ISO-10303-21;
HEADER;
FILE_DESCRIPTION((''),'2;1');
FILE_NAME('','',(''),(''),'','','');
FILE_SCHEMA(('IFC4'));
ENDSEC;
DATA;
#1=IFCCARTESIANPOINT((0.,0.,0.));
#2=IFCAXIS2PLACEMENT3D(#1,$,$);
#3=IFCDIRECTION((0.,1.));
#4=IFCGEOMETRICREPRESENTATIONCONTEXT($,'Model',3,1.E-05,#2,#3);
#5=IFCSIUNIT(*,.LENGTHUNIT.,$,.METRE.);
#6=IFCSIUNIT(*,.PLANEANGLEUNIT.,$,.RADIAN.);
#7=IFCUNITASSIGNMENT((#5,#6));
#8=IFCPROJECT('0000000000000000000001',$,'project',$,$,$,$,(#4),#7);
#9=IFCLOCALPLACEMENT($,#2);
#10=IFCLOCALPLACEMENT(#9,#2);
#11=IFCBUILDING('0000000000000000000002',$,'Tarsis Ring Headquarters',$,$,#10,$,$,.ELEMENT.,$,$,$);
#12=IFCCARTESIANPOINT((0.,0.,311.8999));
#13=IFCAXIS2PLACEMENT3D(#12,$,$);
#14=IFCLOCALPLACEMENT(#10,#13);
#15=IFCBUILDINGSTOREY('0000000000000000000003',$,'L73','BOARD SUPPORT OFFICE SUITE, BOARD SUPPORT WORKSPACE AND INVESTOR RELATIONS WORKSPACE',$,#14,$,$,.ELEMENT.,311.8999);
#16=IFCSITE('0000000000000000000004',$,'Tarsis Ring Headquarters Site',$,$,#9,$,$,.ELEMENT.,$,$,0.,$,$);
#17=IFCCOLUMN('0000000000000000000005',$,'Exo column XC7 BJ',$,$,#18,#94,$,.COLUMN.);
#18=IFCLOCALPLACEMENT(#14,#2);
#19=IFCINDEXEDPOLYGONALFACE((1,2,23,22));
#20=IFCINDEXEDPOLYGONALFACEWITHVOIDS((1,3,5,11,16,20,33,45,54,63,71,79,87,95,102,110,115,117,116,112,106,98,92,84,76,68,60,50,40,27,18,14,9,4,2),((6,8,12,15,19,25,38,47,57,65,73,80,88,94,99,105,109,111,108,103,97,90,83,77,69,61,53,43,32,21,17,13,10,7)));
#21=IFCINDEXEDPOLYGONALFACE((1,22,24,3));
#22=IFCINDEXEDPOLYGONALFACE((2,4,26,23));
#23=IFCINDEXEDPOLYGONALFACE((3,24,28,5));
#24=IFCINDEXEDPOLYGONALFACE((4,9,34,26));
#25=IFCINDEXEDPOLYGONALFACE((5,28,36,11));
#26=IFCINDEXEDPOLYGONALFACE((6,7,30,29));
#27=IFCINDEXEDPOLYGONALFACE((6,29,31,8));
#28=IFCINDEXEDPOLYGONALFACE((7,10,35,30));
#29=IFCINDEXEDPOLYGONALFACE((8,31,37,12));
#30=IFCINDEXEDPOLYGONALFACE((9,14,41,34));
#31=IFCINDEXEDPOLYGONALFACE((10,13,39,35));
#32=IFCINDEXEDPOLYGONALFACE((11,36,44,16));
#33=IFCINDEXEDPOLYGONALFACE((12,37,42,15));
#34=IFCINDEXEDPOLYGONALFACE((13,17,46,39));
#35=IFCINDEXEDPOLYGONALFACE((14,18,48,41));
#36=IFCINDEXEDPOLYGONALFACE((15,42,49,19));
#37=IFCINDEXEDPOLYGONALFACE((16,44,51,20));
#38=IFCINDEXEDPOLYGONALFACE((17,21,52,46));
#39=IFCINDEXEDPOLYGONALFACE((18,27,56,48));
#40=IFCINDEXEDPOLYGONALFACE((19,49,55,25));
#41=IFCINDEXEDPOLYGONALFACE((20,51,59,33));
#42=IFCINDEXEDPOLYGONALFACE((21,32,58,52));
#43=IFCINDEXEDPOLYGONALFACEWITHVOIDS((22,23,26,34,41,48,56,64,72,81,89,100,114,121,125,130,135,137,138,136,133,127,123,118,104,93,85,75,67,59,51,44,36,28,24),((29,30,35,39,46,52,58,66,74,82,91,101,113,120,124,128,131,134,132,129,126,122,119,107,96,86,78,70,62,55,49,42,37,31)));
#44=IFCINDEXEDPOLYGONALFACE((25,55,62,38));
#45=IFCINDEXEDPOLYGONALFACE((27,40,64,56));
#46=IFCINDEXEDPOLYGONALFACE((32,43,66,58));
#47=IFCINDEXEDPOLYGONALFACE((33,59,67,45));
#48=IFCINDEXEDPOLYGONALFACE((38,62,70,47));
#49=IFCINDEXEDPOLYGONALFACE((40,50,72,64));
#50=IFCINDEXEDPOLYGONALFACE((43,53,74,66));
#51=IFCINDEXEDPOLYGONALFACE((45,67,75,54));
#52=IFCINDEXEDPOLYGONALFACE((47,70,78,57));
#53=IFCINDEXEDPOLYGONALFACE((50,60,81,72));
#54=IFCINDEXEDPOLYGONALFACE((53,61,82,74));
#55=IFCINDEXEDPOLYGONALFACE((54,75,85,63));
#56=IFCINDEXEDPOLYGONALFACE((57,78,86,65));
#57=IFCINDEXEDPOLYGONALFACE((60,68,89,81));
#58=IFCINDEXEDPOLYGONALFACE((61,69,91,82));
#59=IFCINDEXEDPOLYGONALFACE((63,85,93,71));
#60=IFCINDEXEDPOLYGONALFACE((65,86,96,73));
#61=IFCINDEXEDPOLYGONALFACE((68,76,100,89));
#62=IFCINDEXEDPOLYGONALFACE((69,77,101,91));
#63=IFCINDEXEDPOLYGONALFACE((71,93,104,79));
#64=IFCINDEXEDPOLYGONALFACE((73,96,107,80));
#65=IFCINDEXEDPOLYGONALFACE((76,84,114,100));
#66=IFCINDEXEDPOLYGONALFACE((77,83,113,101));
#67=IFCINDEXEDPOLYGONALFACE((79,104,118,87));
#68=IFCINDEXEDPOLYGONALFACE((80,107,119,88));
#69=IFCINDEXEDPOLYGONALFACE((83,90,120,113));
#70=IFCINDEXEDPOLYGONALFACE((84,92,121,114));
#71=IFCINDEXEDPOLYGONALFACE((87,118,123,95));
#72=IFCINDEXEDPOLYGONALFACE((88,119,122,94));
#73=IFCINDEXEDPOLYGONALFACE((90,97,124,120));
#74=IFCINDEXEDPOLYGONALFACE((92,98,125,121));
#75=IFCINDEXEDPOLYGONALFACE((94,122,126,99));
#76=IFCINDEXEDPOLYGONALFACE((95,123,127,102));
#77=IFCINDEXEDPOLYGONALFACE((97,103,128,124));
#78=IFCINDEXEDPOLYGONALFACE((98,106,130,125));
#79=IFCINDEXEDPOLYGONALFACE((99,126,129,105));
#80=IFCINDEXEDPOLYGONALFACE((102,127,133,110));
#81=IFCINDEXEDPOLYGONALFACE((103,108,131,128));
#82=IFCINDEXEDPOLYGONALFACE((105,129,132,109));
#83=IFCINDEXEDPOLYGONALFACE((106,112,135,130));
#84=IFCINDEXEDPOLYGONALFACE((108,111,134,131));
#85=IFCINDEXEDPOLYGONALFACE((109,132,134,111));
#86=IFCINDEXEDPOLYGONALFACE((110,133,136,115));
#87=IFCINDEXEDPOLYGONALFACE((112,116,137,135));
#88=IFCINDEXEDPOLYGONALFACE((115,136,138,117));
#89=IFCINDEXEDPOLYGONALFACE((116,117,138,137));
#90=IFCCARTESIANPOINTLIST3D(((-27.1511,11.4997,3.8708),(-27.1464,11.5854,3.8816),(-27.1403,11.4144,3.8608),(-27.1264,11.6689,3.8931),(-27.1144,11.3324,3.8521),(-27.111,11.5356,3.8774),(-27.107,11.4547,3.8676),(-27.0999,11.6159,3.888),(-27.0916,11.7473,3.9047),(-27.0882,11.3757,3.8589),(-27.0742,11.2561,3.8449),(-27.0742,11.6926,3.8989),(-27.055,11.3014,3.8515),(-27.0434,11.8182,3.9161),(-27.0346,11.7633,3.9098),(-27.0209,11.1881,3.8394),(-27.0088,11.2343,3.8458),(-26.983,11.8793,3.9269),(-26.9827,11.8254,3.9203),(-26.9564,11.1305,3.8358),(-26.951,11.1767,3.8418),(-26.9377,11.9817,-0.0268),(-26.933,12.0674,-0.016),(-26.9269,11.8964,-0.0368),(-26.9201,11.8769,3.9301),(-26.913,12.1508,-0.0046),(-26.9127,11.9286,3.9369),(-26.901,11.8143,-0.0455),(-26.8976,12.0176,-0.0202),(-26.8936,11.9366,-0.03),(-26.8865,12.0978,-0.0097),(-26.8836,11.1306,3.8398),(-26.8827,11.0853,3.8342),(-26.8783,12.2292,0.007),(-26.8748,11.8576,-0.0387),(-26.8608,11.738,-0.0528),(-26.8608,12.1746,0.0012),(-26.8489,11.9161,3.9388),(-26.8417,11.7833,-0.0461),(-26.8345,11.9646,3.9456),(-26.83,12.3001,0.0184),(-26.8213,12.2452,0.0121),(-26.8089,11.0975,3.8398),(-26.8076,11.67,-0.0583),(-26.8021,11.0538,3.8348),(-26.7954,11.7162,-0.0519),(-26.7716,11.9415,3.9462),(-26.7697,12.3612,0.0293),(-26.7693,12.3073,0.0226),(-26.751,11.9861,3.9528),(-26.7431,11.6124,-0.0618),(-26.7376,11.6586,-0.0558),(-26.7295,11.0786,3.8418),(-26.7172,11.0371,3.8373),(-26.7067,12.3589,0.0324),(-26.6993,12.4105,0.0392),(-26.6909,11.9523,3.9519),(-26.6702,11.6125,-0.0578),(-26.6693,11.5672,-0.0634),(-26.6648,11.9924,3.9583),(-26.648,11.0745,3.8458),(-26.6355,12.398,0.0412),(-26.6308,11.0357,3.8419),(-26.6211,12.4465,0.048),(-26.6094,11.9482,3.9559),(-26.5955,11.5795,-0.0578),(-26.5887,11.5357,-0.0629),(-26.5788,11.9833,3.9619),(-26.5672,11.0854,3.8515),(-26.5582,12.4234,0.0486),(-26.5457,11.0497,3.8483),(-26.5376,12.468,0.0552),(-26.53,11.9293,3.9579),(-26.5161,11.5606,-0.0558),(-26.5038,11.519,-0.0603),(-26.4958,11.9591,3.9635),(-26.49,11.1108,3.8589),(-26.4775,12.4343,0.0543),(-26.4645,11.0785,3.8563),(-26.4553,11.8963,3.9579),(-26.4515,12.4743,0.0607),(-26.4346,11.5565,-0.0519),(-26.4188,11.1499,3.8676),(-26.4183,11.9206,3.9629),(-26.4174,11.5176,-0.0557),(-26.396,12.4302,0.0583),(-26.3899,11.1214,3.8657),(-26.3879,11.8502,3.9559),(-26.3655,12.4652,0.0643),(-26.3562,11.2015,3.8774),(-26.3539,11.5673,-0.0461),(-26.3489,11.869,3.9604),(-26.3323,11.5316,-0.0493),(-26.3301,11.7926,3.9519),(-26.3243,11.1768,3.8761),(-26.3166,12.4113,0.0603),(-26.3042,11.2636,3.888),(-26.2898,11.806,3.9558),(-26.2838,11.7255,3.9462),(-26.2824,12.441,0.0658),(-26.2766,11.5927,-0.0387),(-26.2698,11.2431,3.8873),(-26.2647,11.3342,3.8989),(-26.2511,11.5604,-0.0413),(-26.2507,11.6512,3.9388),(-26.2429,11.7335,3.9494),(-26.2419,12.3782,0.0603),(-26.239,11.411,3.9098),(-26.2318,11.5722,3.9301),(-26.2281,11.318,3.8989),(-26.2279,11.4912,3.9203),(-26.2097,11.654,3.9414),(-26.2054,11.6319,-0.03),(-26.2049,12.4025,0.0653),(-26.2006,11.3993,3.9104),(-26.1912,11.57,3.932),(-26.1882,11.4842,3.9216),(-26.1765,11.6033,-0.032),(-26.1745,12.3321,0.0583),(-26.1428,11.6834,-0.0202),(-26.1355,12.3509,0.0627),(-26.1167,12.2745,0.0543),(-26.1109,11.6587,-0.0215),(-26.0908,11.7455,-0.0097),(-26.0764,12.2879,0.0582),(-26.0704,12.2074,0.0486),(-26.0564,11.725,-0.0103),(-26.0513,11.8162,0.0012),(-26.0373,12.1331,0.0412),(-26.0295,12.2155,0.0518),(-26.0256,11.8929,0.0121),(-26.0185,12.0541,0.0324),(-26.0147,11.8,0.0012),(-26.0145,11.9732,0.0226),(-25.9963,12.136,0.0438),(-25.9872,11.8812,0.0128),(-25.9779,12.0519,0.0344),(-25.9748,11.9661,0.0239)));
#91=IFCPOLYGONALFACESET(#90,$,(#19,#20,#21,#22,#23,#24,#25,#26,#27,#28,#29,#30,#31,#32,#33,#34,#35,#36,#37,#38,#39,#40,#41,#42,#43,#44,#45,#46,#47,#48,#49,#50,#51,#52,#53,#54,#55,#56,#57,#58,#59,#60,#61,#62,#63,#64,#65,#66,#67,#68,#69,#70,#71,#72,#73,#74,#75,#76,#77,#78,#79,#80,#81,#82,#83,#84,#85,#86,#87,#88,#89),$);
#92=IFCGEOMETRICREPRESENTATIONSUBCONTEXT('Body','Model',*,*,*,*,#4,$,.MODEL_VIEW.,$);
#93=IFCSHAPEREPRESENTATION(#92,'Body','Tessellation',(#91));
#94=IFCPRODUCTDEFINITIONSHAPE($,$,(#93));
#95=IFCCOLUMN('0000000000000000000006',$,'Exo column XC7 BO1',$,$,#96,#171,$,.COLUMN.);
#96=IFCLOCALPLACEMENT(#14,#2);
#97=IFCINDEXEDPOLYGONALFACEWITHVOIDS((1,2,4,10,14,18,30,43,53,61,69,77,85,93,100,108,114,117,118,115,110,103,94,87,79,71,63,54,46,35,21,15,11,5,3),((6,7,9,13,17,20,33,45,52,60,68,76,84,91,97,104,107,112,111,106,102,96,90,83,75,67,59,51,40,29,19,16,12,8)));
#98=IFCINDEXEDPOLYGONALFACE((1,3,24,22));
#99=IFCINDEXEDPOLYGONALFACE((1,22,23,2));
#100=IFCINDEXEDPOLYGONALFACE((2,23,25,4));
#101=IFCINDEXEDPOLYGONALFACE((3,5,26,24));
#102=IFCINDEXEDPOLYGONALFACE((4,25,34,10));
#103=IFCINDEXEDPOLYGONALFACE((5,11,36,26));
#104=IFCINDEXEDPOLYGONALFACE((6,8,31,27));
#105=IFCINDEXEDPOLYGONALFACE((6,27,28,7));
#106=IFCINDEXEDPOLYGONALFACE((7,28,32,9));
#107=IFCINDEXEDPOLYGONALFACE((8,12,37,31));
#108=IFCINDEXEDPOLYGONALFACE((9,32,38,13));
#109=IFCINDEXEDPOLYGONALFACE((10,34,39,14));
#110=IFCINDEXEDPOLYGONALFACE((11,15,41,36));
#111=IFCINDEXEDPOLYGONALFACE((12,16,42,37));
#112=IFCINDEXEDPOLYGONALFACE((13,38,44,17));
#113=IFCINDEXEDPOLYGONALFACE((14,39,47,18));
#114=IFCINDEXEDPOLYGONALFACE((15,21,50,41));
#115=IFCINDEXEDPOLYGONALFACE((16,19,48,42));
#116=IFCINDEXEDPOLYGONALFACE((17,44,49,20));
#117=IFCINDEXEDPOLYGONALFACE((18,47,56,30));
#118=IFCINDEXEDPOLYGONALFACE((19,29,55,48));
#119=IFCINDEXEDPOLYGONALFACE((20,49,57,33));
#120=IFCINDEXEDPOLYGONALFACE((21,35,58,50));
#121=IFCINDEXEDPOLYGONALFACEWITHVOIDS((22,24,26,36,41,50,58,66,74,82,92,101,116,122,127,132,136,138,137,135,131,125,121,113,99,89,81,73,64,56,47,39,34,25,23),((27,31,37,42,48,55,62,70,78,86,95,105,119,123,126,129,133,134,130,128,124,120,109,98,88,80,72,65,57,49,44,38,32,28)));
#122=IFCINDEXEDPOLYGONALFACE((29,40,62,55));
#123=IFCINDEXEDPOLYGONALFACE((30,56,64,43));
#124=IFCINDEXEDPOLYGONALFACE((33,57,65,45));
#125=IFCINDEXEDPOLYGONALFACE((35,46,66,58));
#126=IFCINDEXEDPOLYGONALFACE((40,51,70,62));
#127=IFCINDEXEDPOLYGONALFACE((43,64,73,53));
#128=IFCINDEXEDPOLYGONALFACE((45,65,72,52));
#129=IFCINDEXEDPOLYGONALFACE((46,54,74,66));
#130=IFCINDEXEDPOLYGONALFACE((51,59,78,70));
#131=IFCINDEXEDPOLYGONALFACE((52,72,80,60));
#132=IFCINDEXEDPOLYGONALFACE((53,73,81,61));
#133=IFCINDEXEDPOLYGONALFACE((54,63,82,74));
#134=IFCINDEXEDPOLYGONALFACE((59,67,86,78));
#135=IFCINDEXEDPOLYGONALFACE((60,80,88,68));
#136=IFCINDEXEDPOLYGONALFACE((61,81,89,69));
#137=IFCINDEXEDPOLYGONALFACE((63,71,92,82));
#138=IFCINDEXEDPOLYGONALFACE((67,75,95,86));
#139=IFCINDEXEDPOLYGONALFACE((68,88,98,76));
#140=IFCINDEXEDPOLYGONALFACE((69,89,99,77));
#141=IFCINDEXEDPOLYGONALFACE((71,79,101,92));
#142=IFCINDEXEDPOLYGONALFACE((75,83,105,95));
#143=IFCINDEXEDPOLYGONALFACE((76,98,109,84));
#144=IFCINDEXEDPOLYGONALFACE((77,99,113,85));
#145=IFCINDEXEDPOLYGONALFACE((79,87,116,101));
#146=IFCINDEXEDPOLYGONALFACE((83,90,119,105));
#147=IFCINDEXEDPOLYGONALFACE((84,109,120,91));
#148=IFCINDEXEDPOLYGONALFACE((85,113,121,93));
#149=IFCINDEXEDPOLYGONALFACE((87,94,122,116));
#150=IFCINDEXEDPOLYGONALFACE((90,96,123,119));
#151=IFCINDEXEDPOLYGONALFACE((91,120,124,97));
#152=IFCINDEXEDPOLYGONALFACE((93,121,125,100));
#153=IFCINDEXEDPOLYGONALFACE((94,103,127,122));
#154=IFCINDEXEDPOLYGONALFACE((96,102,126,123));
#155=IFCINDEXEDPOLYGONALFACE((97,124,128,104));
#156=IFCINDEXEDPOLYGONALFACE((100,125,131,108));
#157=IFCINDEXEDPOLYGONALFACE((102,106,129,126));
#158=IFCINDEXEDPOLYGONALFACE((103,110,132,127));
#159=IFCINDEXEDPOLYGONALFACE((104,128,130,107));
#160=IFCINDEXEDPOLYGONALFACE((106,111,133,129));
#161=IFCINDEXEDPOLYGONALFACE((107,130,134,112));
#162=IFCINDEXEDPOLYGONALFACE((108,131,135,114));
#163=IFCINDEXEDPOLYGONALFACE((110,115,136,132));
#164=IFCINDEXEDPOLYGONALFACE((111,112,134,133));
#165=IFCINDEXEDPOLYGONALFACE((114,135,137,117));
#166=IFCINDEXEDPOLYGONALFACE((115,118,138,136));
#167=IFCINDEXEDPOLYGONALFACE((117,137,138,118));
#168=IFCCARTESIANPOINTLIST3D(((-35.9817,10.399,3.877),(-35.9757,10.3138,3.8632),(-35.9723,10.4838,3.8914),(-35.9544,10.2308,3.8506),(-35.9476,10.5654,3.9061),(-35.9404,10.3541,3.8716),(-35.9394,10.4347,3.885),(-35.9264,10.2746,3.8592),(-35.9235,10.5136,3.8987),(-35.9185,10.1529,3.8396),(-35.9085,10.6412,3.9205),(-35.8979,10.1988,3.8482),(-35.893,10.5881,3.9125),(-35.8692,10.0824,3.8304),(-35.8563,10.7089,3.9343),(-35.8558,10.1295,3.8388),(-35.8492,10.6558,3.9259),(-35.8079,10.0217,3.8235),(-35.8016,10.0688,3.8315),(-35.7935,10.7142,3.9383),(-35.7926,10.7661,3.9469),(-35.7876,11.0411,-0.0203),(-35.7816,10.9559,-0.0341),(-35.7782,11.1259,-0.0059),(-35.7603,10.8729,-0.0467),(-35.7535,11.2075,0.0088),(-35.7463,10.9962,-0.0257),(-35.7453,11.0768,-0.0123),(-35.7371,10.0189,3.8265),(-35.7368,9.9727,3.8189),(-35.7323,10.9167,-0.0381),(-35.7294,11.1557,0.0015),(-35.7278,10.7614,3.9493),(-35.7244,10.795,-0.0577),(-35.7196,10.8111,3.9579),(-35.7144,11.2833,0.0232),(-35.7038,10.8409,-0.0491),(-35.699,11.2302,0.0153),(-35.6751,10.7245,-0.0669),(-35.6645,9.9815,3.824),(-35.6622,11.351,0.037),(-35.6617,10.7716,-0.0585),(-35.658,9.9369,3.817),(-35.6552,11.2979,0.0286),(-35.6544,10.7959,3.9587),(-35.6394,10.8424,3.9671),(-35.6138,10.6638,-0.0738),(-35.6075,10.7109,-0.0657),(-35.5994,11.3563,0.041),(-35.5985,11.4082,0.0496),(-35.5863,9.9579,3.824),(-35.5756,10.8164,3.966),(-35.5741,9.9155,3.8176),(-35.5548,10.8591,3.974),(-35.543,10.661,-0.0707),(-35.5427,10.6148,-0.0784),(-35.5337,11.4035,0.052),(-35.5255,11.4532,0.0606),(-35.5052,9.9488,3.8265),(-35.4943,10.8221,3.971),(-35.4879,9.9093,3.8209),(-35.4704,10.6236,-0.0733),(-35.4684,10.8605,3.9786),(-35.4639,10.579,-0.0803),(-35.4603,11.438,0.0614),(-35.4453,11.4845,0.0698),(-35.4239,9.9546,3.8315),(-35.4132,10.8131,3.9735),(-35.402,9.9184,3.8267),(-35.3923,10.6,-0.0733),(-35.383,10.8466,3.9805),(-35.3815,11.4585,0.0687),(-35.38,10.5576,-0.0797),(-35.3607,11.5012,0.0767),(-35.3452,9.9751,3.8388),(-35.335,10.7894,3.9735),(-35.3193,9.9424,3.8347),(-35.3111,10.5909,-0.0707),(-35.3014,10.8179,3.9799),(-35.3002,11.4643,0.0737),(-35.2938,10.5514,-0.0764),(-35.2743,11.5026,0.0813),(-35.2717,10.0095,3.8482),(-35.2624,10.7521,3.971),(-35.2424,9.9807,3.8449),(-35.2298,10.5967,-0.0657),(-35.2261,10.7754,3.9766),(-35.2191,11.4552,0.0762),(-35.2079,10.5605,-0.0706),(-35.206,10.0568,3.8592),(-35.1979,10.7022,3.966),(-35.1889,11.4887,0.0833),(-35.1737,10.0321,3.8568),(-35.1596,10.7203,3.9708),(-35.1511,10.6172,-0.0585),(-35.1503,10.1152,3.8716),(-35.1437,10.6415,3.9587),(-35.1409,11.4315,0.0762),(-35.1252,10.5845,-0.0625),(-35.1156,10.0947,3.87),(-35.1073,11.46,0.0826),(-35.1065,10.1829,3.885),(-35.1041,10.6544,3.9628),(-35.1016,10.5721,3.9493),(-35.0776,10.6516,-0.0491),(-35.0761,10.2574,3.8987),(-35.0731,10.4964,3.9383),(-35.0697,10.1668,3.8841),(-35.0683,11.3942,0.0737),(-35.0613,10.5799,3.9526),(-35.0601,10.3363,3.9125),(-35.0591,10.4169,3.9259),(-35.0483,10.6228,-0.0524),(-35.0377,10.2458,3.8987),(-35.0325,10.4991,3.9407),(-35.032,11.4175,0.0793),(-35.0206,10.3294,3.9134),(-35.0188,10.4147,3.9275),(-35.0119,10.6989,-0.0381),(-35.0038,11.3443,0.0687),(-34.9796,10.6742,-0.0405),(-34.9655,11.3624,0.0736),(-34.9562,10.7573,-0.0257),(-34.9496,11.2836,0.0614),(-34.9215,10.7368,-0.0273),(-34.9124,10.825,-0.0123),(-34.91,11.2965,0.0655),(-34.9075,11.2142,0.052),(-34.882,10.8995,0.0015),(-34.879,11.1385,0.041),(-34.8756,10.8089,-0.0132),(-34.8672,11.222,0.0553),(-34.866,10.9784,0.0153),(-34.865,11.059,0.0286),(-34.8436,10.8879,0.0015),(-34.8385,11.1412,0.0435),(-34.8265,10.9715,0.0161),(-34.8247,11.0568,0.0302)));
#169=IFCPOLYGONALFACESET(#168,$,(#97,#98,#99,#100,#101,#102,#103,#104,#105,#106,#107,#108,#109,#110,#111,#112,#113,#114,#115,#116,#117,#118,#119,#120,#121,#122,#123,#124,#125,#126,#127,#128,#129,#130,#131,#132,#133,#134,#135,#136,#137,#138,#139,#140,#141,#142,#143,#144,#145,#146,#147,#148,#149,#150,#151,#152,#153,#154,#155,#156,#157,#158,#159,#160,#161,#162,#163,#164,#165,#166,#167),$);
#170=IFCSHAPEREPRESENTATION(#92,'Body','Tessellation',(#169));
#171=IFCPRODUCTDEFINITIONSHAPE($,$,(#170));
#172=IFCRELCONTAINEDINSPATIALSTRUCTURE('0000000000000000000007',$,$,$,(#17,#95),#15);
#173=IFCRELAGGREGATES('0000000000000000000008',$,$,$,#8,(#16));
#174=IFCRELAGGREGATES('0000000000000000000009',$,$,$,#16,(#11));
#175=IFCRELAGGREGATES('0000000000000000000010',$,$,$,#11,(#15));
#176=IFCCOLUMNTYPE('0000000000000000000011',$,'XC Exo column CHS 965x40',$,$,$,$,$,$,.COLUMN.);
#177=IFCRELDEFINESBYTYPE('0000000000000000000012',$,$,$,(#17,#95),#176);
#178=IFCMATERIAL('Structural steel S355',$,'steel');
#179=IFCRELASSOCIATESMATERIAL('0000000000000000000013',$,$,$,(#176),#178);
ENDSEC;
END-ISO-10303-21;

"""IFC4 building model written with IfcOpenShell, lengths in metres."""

from ifc_helpers import new_model, si_unit, direction, frame, origin, origin_2d, place, context, subcontext, project, spatial, hollow_circle, extrude, material, material_profile, profile_set, type_object, element, save


model = new_model("IFC4")

# Units and contexts
model_context = context("Model", 3, precision=1e-05, world=origin(), true_north=direction((0.0, 1.0)))
body_context = subcontext(model_context, "Body", "Model", "MODEL_VIEW")
ifc_project = project(units=[si_unit("LENGTHUNIT", "METRE"), si_unit("PLANEANGLEUNIT", "RADIAN")], contexts=[model_context])

# Site, building, storey
site_placement = place(None, origin())
site = spatial("IfcSite", under=ifc_project, at=site_placement, Name="Tarsis Ring Headquarters Site", CompositionType="ELEMENT", RefElevation=0.0)
building_placement = place(site_placement, origin())
building = spatial("IfcBuilding", under=site, at=building_placement, Name="Tarsis Ring Headquarters", CompositionType="ELEMENT")
storey_placement = place(building_placement, frame((0.0, 0.0, 311.8999)))
storey = spatial("IfcBuildingStorey", under=building, at=storey_placement, Name="L73", Description="BOARD SUPPORT OFFICE SUITE, BOARD SUPPORT WORKSPACE AND INVESTOR RELATIONS WORKSPACE", CompositionType="ELEMENT", Elevation=311.8999)

# Columns
ifc_material_1 = material(Name="Structural steel S355", Category="steel")
ifc_material_profile_1 = material_profile(ifc_material_1, hollow_circle(Radius=0.4827, WallThickness=0.04, at=origin_2d()), Name="CHS 965x40")
ifc_profile_set_1 = profile_set([ifc_material_profile_1], Name="Structural steel S355")
column_type = type_object("IfcColumnType", Name="XC Exo column CHS 965x40", PredefinedType="COLUMN", material=ifc_profile_set_1)
column_1_placement = place(storey_placement, frame((-26.4561, 11.9954, 0.0012), z_axis=(-0.054251, -0.12253, 0.990981), x_axis=(0.914384, -0.404849, 0.0)))
element("IfcColumn", 1, at=column_1_placement, inside=storey, type_object=column_type, Name="Exo column XC7 BJ", PredefinedType="COLUMN", context=body_context, shape_type="SweptSolid", body=[
    extrude(hollow_circle(Radius=0.4827, WallThickness=0.04, at=origin_2d()), origin(), (0.0, 0.0, 1.0), 3.9331),
])
column_2_placement = place(storey_placement, frame((-35.3057, 11.0276, 0.0015), z_axis=(-0.049081, -0.162368, 0.985509), x_axis=(0.957223, -0.289351, 0.0)))
element("IfcColumn", 2, at=column_2_placement, inside=storey, type_object=column_type, Name="Exo column XC7 BO1", PredefinedType="COLUMN", context=body_context, shape_type="SweptSolid", body=[
    extrude(hollow_circle(Radius=0.4827, WallThickness=0.04, at=origin_2d()), origin(), (0.0, 0.0, 1.0), 3.9546),
])

save(model, "model.ifc")
